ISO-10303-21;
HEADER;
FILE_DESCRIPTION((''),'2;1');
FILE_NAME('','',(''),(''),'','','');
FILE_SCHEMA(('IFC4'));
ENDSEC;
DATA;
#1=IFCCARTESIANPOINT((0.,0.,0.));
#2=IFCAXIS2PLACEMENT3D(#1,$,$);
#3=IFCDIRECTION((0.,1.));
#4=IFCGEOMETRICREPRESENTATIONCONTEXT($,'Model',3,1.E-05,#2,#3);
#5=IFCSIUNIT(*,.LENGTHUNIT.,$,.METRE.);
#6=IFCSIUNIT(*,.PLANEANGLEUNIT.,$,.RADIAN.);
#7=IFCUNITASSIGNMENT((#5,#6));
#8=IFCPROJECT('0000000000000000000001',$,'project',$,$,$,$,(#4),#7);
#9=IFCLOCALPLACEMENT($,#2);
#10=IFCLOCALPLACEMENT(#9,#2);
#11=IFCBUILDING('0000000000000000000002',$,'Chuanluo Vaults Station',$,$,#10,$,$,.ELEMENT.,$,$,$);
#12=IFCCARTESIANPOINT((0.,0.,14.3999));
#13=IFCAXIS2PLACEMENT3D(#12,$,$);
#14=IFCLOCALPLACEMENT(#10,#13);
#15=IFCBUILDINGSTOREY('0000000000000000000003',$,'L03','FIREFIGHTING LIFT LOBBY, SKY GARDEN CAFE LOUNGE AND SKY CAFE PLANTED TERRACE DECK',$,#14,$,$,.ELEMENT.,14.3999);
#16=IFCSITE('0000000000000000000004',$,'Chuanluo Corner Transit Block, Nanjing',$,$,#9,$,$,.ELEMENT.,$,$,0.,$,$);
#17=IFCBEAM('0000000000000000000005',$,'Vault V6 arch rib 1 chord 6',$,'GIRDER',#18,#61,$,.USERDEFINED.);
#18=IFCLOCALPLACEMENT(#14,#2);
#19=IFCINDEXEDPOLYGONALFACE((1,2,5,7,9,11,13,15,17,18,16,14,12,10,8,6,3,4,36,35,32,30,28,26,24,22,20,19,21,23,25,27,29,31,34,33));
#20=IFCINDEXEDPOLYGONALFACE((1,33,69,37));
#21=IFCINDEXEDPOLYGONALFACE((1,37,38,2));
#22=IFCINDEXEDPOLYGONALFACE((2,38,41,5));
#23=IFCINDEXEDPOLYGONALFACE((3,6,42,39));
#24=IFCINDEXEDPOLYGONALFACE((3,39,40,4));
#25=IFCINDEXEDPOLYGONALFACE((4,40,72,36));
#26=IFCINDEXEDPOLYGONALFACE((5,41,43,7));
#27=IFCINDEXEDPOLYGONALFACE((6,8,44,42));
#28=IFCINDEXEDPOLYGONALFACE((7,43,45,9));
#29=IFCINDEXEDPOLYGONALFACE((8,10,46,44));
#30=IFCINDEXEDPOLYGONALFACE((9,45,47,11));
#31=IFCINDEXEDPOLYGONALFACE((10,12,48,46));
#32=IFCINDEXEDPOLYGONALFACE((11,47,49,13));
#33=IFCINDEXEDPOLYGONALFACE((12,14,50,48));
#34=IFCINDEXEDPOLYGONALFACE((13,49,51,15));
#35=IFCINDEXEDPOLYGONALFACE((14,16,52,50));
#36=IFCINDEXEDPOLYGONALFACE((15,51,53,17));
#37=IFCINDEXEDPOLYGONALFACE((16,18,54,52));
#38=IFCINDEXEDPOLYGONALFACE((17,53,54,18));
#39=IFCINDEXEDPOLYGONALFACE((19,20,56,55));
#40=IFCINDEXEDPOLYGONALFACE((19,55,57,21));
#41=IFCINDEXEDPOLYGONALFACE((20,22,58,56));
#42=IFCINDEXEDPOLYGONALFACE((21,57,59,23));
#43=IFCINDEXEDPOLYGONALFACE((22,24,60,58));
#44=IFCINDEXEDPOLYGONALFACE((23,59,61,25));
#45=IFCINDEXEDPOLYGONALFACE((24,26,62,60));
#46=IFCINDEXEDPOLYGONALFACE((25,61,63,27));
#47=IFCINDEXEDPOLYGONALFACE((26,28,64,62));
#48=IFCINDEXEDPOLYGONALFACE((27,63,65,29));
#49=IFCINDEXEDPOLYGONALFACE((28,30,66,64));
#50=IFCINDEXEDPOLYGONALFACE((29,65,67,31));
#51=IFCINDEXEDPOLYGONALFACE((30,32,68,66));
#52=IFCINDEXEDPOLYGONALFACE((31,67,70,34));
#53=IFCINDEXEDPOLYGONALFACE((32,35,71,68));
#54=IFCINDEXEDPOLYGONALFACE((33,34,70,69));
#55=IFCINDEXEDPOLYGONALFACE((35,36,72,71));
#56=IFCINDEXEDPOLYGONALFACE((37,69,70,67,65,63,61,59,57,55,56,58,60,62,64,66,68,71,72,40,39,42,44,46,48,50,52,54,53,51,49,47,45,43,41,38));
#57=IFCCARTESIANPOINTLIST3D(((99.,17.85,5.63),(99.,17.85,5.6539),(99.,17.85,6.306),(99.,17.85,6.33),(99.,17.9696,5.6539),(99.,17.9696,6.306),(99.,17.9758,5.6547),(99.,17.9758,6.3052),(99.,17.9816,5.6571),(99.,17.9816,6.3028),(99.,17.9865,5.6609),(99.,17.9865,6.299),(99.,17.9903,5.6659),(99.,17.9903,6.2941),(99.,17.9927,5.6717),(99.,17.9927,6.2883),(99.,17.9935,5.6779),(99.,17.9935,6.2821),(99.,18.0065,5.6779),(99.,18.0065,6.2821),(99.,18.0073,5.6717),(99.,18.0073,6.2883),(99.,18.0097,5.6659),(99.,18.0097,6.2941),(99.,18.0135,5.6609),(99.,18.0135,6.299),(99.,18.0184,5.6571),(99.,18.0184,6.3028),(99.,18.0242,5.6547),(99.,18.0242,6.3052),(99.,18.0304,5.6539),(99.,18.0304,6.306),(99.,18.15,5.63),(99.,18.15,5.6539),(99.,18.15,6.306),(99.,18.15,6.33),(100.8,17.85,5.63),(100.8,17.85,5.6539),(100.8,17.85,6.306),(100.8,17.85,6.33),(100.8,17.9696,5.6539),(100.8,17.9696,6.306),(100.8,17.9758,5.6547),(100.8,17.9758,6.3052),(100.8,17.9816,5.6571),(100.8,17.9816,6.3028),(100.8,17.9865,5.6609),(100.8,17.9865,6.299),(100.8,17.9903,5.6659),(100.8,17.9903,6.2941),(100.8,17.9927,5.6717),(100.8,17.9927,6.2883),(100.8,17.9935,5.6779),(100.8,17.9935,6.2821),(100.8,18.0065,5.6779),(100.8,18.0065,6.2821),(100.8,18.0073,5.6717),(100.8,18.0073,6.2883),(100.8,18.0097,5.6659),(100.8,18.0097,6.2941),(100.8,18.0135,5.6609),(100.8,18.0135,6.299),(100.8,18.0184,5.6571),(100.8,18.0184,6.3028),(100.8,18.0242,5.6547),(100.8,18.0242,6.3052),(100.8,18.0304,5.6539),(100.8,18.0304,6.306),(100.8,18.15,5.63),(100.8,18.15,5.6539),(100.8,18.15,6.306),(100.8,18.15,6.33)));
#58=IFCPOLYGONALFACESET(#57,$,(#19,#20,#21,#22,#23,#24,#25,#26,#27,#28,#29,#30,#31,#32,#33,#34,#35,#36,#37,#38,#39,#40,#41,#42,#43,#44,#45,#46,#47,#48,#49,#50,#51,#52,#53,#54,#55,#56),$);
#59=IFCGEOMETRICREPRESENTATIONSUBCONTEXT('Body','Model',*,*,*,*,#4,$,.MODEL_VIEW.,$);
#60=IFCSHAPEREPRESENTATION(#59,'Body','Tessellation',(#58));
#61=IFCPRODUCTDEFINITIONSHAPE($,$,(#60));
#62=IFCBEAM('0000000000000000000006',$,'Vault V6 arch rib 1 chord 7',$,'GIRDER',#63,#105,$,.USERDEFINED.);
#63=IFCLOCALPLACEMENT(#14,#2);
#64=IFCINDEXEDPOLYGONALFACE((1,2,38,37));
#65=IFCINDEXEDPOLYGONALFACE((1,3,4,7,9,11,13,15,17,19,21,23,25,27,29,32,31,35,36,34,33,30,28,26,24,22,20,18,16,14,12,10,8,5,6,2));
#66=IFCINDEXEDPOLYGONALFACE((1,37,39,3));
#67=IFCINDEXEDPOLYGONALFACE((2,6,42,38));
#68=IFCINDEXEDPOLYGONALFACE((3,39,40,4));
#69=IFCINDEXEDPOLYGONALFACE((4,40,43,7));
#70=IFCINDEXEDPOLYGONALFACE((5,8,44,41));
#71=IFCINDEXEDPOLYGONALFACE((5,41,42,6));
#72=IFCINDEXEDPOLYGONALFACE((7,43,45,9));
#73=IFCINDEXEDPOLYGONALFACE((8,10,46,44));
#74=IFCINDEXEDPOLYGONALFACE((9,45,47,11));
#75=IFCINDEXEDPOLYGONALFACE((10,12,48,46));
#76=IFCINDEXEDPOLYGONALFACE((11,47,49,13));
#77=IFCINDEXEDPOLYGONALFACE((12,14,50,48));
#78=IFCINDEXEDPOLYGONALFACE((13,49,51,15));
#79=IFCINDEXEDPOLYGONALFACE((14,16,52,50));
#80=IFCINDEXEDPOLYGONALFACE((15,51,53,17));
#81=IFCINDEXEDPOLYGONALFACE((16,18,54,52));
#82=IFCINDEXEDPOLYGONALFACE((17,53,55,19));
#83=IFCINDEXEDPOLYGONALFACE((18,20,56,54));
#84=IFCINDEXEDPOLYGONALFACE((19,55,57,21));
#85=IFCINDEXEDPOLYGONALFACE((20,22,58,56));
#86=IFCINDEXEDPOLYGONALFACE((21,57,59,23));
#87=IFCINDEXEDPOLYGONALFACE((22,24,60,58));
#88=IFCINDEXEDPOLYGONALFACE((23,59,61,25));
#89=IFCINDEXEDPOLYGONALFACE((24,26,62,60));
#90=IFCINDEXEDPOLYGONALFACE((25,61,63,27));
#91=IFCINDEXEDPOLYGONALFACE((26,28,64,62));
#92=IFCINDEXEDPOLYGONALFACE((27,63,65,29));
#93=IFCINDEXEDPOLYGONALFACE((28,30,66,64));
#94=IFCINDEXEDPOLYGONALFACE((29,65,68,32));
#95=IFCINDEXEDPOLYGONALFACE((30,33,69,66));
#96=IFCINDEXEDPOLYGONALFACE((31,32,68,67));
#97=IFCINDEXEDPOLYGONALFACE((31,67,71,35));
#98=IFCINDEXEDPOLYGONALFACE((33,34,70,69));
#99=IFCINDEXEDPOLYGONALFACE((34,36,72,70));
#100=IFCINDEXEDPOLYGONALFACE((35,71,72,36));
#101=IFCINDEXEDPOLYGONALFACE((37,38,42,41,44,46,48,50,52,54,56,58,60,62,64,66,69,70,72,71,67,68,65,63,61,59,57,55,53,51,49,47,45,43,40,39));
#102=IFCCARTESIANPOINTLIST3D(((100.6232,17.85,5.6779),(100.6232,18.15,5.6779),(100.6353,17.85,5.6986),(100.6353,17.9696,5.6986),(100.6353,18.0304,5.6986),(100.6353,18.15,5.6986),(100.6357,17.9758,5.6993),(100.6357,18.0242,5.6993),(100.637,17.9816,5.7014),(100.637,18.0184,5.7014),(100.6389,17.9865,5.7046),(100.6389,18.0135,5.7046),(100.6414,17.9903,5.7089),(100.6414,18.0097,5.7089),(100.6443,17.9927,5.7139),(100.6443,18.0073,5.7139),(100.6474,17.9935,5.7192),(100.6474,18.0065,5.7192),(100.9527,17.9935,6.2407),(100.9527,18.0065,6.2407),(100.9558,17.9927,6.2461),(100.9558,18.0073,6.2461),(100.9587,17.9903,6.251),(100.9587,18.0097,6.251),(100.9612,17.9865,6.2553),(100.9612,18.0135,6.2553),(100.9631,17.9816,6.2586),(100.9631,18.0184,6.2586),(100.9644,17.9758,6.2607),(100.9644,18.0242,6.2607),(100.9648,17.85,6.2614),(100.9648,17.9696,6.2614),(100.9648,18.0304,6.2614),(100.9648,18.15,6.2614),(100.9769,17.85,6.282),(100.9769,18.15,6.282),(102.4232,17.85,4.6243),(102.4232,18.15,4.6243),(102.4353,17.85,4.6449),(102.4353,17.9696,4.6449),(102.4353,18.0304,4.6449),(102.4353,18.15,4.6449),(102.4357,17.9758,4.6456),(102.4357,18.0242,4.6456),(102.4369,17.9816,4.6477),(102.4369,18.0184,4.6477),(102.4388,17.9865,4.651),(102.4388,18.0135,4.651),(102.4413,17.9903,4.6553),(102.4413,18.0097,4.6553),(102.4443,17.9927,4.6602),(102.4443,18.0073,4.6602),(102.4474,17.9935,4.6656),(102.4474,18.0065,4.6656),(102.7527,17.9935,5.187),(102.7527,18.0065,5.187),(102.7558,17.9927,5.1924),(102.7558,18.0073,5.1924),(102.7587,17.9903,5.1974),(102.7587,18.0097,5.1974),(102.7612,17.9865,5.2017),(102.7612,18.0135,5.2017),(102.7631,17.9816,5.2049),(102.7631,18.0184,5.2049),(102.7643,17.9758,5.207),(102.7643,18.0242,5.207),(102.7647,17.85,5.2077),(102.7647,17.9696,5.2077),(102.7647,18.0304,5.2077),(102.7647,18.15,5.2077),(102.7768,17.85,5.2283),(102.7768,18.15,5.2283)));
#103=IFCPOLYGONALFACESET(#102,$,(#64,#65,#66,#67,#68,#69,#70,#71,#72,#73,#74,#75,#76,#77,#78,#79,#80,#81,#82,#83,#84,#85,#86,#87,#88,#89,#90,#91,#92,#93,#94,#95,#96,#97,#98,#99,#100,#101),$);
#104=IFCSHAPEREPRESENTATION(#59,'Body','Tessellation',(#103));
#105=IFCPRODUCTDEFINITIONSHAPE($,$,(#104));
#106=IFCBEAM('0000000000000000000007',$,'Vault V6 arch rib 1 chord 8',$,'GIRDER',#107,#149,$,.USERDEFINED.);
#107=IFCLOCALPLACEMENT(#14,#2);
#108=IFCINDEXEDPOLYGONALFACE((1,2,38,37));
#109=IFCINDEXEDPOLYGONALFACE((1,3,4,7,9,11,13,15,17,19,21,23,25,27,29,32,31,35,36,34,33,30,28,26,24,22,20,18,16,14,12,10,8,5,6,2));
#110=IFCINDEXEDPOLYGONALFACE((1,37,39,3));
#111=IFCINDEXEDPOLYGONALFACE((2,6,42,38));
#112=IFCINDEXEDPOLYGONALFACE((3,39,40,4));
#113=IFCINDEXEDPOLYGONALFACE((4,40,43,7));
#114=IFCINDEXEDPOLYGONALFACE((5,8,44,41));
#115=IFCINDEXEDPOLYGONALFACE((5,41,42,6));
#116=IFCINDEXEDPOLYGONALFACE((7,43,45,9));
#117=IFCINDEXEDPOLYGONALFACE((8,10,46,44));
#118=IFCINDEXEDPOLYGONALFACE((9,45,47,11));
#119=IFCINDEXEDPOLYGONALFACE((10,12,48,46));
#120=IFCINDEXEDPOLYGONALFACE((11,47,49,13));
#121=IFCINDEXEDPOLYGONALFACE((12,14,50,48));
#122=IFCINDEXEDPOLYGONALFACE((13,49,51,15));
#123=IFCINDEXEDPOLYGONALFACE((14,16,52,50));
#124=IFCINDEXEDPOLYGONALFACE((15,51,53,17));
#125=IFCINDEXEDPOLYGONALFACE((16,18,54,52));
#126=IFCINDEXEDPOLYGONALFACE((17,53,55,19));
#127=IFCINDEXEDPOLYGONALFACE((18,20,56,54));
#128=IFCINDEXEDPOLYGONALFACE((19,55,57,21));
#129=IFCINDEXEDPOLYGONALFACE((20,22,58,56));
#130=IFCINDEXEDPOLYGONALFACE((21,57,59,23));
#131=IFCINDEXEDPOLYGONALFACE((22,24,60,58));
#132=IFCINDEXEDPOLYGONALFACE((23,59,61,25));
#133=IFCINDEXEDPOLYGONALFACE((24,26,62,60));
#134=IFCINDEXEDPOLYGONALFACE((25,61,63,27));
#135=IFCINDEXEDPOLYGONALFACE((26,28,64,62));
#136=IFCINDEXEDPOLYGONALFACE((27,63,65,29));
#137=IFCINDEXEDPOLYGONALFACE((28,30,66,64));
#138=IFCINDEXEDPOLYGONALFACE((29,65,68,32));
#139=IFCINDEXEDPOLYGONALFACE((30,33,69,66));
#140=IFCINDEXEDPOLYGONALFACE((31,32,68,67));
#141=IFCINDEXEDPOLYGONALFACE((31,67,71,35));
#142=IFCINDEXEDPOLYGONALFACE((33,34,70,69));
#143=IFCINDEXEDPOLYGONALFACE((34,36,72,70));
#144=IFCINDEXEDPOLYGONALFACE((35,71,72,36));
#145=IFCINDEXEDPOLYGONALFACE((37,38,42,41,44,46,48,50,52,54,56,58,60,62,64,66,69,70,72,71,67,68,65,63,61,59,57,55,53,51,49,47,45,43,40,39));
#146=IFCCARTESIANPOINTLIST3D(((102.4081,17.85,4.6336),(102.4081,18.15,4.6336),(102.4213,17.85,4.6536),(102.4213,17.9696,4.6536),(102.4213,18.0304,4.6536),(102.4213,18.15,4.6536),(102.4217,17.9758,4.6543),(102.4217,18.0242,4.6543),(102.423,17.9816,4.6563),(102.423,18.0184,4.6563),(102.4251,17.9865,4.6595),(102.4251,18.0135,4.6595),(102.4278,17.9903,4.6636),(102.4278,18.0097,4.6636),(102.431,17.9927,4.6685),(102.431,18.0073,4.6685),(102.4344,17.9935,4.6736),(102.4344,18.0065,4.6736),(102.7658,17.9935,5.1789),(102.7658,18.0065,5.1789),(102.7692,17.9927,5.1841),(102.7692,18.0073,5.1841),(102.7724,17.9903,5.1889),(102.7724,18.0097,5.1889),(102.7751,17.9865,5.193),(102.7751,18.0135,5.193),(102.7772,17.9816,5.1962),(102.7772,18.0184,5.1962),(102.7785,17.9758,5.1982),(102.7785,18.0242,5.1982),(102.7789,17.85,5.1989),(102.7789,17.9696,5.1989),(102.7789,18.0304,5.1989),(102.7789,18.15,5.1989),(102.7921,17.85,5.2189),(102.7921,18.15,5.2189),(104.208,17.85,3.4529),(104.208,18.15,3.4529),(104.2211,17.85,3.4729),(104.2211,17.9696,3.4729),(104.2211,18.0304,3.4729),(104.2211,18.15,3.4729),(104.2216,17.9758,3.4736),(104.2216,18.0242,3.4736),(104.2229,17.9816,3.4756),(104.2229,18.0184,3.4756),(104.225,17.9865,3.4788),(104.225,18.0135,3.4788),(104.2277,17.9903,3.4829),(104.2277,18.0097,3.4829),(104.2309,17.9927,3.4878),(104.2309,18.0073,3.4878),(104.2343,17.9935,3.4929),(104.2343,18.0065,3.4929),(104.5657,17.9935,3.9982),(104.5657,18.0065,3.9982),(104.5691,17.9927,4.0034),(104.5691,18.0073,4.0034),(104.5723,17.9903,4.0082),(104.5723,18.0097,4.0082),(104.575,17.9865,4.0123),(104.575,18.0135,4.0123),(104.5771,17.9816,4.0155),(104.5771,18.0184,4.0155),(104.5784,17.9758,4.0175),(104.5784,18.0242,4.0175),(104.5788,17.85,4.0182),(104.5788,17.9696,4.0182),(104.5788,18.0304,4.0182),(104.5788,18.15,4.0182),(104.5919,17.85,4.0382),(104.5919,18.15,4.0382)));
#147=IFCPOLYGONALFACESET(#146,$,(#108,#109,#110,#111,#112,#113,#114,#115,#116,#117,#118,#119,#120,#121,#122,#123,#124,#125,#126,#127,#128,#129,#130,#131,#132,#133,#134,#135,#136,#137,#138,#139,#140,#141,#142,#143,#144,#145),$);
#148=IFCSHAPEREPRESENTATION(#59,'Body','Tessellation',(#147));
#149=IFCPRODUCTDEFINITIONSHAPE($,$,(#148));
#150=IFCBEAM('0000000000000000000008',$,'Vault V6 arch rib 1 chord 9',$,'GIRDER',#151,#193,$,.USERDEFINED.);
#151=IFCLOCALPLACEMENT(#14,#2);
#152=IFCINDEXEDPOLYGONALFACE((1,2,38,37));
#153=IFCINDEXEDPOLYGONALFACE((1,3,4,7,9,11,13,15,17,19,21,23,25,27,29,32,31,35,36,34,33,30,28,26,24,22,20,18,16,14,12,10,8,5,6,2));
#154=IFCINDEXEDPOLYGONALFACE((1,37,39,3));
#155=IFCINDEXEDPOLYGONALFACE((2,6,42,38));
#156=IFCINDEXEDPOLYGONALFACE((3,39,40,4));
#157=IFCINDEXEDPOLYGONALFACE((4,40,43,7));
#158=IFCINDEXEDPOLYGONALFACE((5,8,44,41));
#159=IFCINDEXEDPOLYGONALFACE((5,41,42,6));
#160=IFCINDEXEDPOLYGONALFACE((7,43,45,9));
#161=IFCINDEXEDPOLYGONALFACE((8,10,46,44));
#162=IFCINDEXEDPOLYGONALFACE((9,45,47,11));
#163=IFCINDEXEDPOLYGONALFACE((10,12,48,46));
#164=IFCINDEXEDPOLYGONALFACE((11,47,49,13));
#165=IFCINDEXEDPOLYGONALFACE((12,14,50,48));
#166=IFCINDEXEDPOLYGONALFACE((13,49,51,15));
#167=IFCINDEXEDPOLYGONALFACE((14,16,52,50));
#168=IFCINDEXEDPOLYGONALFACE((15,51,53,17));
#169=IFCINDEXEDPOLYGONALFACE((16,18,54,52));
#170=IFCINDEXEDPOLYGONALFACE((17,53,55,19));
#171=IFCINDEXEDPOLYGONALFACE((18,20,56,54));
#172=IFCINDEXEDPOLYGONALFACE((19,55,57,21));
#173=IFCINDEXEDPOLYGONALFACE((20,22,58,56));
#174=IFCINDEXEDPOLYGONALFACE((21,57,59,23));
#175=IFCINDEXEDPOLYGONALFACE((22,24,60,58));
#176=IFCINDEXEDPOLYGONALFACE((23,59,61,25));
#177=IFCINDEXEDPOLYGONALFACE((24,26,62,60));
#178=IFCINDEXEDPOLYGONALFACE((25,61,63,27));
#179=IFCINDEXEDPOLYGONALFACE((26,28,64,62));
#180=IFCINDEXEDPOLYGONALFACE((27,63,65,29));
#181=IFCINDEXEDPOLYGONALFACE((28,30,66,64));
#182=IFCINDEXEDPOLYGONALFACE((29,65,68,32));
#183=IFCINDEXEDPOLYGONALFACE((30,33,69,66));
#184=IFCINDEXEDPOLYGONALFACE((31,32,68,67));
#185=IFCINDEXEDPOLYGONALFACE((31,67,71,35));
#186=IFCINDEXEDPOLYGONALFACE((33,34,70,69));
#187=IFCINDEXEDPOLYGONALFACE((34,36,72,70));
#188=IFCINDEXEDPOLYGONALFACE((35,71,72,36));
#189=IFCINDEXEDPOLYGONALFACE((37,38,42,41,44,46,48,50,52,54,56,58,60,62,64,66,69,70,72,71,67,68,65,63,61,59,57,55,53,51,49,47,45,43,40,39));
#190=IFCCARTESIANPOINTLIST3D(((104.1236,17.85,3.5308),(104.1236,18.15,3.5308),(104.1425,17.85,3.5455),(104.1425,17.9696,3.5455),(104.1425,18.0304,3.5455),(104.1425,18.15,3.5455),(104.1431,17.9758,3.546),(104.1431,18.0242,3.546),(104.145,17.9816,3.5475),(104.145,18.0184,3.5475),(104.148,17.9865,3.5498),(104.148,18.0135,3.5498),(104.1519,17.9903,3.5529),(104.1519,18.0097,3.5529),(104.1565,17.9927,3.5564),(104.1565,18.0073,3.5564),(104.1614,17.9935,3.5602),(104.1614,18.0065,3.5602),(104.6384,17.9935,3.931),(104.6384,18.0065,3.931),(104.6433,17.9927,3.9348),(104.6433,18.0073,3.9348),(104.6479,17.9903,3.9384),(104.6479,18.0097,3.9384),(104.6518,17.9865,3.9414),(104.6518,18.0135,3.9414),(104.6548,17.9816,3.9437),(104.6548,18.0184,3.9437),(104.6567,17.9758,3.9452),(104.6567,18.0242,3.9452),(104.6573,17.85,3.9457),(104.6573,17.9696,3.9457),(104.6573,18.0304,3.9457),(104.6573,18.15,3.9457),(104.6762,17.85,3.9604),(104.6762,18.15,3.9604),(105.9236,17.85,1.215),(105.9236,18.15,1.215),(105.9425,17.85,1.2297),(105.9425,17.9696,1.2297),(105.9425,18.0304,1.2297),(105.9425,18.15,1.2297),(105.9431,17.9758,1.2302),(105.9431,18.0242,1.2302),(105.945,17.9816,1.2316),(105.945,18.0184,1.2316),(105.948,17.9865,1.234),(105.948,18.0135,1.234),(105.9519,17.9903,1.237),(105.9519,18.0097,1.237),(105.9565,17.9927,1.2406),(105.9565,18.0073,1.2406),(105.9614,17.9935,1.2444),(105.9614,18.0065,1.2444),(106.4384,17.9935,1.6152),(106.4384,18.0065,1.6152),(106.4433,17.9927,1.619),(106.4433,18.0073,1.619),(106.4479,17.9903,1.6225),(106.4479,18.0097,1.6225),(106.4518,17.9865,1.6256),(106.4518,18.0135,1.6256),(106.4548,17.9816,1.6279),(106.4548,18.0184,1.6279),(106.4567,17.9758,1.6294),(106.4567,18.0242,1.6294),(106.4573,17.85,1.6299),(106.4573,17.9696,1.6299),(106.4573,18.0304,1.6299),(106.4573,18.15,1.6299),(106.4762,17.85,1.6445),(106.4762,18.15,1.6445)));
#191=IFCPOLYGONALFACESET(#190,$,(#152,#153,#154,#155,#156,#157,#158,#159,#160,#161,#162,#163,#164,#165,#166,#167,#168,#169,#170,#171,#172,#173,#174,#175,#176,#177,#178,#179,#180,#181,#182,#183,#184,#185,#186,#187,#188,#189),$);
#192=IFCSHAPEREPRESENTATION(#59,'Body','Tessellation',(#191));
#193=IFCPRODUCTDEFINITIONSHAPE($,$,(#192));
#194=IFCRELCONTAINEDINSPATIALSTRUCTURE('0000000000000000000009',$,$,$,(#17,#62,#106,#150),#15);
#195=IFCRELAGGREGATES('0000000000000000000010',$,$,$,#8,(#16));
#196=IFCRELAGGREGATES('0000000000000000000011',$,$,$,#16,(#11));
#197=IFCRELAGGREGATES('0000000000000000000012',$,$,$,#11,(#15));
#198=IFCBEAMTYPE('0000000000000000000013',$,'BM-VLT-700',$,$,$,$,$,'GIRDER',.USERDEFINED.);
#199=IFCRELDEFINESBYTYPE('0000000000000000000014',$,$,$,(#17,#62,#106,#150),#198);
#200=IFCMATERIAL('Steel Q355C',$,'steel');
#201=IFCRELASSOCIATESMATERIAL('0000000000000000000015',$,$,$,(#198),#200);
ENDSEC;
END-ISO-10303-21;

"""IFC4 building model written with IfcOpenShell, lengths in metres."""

from ifc_helpers import new_model, si_unit, direction, frame, origin, origin_2d, place, context, subcontext, project, spatial, i_section, extrude, material, material_profile, profile_set, type_object, element, save


model = new_model("IFC4")

# Units and contexts
model_context = context("Model", 3, precision=1e-05, world=origin(), true_north=direction((0.0, 1.0)))
body_context = subcontext(model_context, "Body", "Model", "MODEL_VIEW")
ifc_project = project(units=[si_unit("LENGTHUNIT", "METRE"), si_unit("PLANEANGLEUNIT", "RADIAN")], contexts=[model_context])

# Site, building, storey
site_placement = place(None, origin())
site = spatial("IfcSite", under=ifc_project, at=site_placement, Name="Chuanluo Corner Transit Block, Nanjing", CompositionType="ELEMENT", RefElevation=0.0)
building_placement = place(site_placement, origin())
building = spatial("IfcBuilding", under=site, at=building_placement, Name="Chuanluo Vaults Station", CompositionType="ELEMENT")
storey_placement = place(building_placement, frame((0.0, 0.0, 14.3999)))
storey = spatial("IfcBuildingStorey", under=building, at=storey_placement, Name="L03", Description="FIREFIGHTING LIFT LOBBY, SKY GARDEN CAFE LOUNGE AND SKY CAFE PLANTED TERRACE DECK", CompositionType="ELEMENT", Elevation=14.3999)

# Beams
ifc_material_1 = material(Name="Steel Q355C", Category="steel")
ifc_material_profile_1 = material_profile(ifc_material_1, i_section(OverallWidth=0.3, OverallDepth=0.7, WebThickness=0.0129, FlangeThickness=0.0239, FilletRadius=0.0239, at=origin_2d()))
ifc_profile_set_1 = profile_set([ifc_material_profile_1], Name="Steel Q355C")
beam_type = type_object("IfcBeamType", Name="BM-VLT-700", ElementType="GIRDER", PredefinedType="USERDEFINED", material=ifc_profile_set_1)
beam_1_placement = place(storey_placement, frame((99.0, 18.0, 5.98), z_axis=(1.0, 0.0, 0.0), x_axis=(0.0, 1.0, 0.0)))
element("IfcBeam", 1, at=beam_1_placement, inside=storey, type_object=beam_type, Name="Vault V6 arch rib 1 chord 6", ObjectType="GIRDER", PredefinedType="USERDEFINED", context=body_context, shape_type="SweptSolid", body=[
    extrude(i_section(OverallWidth=0.3, OverallDepth=0.7, WebThickness=0.0129, FlangeThickness=0.0239, FilletRadius=0.0239, at=origin_2d()), origin(), (0.0, 0.0, 1.0), 1.8),
])
beam_2_placement = place(storey_placement, frame((100.8, 18.0, 5.98), z_axis=(0.863009, 0.0, -0.505188), x_axis=(0.0, 1.0, 0.0)))
element("IfcBeam", 2, at=beam_2_placement, inside=storey, type_object=beam_type, Name="Vault V6 arch rib 1 chord 7", ObjectType="GIRDER", PredefinedType="USERDEFINED", context=body_context, shape_type="SweptSolid", body=[
    extrude(i_section(OverallWidth=0.3, OverallDepth=0.7, WebThickness=0.0129, FlangeThickness=0.0239, FilletRadius=0.0239, at=origin_2d()), origin(), (0.0, 0.0, 1.0), 2.0857),
])
beam_3_placement = place(storey_placement, frame((102.6001, 18.0, 4.9263), z_axis=(0.836145, 0.0, -0.548508), x_axis=(0.0, 1.0, 0.0)))
element("IfcBeam", 3, at=beam_3_placement, inside=storey, type_object=beam_type, Name="Vault V6 arch rib 1 chord 8", ObjectType="GIRDER", PredefinedType="USERDEFINED", context=body_context, shape_type="SweptSolid", body=[
    extrude(i_section(OverallWidth=0.3, OverallDepth=0.7, WebThickness=0.0129, FlangeThickness=0.0239, FilletRadius=0.0239, at=origin_2d()), origin(), (0.0, 0.0, 1.0), 2.1526),
])
beam_4_placement = place(storey_placement, frame((104.3999, 18.0, 3.7456), z_axis=(0.613681, 0.0, -0.789554), x_axis=(0.0, 1.0, 0.0)))
element("IfcBeam", 4, at=beam_4_placement, inside=storey, type_object=beam_type, Name="Vault V6 arch rib 1 chord 9", ObjectType="GIRDER", PredefinedType="USERDEFINED", context=body_context, shape_type="SweptSolid", body=[
    extrude(i_section(OverallWidth=0.3, OverallDepth=0.7, WebThickness=0.0129, FlangeThickness=0.0239, FilletRadius=0.0239, at=origin_2d()), origin(), (0.0, 0.0, 1.0), 2.9331),
])

save(model, "model.ifc")
